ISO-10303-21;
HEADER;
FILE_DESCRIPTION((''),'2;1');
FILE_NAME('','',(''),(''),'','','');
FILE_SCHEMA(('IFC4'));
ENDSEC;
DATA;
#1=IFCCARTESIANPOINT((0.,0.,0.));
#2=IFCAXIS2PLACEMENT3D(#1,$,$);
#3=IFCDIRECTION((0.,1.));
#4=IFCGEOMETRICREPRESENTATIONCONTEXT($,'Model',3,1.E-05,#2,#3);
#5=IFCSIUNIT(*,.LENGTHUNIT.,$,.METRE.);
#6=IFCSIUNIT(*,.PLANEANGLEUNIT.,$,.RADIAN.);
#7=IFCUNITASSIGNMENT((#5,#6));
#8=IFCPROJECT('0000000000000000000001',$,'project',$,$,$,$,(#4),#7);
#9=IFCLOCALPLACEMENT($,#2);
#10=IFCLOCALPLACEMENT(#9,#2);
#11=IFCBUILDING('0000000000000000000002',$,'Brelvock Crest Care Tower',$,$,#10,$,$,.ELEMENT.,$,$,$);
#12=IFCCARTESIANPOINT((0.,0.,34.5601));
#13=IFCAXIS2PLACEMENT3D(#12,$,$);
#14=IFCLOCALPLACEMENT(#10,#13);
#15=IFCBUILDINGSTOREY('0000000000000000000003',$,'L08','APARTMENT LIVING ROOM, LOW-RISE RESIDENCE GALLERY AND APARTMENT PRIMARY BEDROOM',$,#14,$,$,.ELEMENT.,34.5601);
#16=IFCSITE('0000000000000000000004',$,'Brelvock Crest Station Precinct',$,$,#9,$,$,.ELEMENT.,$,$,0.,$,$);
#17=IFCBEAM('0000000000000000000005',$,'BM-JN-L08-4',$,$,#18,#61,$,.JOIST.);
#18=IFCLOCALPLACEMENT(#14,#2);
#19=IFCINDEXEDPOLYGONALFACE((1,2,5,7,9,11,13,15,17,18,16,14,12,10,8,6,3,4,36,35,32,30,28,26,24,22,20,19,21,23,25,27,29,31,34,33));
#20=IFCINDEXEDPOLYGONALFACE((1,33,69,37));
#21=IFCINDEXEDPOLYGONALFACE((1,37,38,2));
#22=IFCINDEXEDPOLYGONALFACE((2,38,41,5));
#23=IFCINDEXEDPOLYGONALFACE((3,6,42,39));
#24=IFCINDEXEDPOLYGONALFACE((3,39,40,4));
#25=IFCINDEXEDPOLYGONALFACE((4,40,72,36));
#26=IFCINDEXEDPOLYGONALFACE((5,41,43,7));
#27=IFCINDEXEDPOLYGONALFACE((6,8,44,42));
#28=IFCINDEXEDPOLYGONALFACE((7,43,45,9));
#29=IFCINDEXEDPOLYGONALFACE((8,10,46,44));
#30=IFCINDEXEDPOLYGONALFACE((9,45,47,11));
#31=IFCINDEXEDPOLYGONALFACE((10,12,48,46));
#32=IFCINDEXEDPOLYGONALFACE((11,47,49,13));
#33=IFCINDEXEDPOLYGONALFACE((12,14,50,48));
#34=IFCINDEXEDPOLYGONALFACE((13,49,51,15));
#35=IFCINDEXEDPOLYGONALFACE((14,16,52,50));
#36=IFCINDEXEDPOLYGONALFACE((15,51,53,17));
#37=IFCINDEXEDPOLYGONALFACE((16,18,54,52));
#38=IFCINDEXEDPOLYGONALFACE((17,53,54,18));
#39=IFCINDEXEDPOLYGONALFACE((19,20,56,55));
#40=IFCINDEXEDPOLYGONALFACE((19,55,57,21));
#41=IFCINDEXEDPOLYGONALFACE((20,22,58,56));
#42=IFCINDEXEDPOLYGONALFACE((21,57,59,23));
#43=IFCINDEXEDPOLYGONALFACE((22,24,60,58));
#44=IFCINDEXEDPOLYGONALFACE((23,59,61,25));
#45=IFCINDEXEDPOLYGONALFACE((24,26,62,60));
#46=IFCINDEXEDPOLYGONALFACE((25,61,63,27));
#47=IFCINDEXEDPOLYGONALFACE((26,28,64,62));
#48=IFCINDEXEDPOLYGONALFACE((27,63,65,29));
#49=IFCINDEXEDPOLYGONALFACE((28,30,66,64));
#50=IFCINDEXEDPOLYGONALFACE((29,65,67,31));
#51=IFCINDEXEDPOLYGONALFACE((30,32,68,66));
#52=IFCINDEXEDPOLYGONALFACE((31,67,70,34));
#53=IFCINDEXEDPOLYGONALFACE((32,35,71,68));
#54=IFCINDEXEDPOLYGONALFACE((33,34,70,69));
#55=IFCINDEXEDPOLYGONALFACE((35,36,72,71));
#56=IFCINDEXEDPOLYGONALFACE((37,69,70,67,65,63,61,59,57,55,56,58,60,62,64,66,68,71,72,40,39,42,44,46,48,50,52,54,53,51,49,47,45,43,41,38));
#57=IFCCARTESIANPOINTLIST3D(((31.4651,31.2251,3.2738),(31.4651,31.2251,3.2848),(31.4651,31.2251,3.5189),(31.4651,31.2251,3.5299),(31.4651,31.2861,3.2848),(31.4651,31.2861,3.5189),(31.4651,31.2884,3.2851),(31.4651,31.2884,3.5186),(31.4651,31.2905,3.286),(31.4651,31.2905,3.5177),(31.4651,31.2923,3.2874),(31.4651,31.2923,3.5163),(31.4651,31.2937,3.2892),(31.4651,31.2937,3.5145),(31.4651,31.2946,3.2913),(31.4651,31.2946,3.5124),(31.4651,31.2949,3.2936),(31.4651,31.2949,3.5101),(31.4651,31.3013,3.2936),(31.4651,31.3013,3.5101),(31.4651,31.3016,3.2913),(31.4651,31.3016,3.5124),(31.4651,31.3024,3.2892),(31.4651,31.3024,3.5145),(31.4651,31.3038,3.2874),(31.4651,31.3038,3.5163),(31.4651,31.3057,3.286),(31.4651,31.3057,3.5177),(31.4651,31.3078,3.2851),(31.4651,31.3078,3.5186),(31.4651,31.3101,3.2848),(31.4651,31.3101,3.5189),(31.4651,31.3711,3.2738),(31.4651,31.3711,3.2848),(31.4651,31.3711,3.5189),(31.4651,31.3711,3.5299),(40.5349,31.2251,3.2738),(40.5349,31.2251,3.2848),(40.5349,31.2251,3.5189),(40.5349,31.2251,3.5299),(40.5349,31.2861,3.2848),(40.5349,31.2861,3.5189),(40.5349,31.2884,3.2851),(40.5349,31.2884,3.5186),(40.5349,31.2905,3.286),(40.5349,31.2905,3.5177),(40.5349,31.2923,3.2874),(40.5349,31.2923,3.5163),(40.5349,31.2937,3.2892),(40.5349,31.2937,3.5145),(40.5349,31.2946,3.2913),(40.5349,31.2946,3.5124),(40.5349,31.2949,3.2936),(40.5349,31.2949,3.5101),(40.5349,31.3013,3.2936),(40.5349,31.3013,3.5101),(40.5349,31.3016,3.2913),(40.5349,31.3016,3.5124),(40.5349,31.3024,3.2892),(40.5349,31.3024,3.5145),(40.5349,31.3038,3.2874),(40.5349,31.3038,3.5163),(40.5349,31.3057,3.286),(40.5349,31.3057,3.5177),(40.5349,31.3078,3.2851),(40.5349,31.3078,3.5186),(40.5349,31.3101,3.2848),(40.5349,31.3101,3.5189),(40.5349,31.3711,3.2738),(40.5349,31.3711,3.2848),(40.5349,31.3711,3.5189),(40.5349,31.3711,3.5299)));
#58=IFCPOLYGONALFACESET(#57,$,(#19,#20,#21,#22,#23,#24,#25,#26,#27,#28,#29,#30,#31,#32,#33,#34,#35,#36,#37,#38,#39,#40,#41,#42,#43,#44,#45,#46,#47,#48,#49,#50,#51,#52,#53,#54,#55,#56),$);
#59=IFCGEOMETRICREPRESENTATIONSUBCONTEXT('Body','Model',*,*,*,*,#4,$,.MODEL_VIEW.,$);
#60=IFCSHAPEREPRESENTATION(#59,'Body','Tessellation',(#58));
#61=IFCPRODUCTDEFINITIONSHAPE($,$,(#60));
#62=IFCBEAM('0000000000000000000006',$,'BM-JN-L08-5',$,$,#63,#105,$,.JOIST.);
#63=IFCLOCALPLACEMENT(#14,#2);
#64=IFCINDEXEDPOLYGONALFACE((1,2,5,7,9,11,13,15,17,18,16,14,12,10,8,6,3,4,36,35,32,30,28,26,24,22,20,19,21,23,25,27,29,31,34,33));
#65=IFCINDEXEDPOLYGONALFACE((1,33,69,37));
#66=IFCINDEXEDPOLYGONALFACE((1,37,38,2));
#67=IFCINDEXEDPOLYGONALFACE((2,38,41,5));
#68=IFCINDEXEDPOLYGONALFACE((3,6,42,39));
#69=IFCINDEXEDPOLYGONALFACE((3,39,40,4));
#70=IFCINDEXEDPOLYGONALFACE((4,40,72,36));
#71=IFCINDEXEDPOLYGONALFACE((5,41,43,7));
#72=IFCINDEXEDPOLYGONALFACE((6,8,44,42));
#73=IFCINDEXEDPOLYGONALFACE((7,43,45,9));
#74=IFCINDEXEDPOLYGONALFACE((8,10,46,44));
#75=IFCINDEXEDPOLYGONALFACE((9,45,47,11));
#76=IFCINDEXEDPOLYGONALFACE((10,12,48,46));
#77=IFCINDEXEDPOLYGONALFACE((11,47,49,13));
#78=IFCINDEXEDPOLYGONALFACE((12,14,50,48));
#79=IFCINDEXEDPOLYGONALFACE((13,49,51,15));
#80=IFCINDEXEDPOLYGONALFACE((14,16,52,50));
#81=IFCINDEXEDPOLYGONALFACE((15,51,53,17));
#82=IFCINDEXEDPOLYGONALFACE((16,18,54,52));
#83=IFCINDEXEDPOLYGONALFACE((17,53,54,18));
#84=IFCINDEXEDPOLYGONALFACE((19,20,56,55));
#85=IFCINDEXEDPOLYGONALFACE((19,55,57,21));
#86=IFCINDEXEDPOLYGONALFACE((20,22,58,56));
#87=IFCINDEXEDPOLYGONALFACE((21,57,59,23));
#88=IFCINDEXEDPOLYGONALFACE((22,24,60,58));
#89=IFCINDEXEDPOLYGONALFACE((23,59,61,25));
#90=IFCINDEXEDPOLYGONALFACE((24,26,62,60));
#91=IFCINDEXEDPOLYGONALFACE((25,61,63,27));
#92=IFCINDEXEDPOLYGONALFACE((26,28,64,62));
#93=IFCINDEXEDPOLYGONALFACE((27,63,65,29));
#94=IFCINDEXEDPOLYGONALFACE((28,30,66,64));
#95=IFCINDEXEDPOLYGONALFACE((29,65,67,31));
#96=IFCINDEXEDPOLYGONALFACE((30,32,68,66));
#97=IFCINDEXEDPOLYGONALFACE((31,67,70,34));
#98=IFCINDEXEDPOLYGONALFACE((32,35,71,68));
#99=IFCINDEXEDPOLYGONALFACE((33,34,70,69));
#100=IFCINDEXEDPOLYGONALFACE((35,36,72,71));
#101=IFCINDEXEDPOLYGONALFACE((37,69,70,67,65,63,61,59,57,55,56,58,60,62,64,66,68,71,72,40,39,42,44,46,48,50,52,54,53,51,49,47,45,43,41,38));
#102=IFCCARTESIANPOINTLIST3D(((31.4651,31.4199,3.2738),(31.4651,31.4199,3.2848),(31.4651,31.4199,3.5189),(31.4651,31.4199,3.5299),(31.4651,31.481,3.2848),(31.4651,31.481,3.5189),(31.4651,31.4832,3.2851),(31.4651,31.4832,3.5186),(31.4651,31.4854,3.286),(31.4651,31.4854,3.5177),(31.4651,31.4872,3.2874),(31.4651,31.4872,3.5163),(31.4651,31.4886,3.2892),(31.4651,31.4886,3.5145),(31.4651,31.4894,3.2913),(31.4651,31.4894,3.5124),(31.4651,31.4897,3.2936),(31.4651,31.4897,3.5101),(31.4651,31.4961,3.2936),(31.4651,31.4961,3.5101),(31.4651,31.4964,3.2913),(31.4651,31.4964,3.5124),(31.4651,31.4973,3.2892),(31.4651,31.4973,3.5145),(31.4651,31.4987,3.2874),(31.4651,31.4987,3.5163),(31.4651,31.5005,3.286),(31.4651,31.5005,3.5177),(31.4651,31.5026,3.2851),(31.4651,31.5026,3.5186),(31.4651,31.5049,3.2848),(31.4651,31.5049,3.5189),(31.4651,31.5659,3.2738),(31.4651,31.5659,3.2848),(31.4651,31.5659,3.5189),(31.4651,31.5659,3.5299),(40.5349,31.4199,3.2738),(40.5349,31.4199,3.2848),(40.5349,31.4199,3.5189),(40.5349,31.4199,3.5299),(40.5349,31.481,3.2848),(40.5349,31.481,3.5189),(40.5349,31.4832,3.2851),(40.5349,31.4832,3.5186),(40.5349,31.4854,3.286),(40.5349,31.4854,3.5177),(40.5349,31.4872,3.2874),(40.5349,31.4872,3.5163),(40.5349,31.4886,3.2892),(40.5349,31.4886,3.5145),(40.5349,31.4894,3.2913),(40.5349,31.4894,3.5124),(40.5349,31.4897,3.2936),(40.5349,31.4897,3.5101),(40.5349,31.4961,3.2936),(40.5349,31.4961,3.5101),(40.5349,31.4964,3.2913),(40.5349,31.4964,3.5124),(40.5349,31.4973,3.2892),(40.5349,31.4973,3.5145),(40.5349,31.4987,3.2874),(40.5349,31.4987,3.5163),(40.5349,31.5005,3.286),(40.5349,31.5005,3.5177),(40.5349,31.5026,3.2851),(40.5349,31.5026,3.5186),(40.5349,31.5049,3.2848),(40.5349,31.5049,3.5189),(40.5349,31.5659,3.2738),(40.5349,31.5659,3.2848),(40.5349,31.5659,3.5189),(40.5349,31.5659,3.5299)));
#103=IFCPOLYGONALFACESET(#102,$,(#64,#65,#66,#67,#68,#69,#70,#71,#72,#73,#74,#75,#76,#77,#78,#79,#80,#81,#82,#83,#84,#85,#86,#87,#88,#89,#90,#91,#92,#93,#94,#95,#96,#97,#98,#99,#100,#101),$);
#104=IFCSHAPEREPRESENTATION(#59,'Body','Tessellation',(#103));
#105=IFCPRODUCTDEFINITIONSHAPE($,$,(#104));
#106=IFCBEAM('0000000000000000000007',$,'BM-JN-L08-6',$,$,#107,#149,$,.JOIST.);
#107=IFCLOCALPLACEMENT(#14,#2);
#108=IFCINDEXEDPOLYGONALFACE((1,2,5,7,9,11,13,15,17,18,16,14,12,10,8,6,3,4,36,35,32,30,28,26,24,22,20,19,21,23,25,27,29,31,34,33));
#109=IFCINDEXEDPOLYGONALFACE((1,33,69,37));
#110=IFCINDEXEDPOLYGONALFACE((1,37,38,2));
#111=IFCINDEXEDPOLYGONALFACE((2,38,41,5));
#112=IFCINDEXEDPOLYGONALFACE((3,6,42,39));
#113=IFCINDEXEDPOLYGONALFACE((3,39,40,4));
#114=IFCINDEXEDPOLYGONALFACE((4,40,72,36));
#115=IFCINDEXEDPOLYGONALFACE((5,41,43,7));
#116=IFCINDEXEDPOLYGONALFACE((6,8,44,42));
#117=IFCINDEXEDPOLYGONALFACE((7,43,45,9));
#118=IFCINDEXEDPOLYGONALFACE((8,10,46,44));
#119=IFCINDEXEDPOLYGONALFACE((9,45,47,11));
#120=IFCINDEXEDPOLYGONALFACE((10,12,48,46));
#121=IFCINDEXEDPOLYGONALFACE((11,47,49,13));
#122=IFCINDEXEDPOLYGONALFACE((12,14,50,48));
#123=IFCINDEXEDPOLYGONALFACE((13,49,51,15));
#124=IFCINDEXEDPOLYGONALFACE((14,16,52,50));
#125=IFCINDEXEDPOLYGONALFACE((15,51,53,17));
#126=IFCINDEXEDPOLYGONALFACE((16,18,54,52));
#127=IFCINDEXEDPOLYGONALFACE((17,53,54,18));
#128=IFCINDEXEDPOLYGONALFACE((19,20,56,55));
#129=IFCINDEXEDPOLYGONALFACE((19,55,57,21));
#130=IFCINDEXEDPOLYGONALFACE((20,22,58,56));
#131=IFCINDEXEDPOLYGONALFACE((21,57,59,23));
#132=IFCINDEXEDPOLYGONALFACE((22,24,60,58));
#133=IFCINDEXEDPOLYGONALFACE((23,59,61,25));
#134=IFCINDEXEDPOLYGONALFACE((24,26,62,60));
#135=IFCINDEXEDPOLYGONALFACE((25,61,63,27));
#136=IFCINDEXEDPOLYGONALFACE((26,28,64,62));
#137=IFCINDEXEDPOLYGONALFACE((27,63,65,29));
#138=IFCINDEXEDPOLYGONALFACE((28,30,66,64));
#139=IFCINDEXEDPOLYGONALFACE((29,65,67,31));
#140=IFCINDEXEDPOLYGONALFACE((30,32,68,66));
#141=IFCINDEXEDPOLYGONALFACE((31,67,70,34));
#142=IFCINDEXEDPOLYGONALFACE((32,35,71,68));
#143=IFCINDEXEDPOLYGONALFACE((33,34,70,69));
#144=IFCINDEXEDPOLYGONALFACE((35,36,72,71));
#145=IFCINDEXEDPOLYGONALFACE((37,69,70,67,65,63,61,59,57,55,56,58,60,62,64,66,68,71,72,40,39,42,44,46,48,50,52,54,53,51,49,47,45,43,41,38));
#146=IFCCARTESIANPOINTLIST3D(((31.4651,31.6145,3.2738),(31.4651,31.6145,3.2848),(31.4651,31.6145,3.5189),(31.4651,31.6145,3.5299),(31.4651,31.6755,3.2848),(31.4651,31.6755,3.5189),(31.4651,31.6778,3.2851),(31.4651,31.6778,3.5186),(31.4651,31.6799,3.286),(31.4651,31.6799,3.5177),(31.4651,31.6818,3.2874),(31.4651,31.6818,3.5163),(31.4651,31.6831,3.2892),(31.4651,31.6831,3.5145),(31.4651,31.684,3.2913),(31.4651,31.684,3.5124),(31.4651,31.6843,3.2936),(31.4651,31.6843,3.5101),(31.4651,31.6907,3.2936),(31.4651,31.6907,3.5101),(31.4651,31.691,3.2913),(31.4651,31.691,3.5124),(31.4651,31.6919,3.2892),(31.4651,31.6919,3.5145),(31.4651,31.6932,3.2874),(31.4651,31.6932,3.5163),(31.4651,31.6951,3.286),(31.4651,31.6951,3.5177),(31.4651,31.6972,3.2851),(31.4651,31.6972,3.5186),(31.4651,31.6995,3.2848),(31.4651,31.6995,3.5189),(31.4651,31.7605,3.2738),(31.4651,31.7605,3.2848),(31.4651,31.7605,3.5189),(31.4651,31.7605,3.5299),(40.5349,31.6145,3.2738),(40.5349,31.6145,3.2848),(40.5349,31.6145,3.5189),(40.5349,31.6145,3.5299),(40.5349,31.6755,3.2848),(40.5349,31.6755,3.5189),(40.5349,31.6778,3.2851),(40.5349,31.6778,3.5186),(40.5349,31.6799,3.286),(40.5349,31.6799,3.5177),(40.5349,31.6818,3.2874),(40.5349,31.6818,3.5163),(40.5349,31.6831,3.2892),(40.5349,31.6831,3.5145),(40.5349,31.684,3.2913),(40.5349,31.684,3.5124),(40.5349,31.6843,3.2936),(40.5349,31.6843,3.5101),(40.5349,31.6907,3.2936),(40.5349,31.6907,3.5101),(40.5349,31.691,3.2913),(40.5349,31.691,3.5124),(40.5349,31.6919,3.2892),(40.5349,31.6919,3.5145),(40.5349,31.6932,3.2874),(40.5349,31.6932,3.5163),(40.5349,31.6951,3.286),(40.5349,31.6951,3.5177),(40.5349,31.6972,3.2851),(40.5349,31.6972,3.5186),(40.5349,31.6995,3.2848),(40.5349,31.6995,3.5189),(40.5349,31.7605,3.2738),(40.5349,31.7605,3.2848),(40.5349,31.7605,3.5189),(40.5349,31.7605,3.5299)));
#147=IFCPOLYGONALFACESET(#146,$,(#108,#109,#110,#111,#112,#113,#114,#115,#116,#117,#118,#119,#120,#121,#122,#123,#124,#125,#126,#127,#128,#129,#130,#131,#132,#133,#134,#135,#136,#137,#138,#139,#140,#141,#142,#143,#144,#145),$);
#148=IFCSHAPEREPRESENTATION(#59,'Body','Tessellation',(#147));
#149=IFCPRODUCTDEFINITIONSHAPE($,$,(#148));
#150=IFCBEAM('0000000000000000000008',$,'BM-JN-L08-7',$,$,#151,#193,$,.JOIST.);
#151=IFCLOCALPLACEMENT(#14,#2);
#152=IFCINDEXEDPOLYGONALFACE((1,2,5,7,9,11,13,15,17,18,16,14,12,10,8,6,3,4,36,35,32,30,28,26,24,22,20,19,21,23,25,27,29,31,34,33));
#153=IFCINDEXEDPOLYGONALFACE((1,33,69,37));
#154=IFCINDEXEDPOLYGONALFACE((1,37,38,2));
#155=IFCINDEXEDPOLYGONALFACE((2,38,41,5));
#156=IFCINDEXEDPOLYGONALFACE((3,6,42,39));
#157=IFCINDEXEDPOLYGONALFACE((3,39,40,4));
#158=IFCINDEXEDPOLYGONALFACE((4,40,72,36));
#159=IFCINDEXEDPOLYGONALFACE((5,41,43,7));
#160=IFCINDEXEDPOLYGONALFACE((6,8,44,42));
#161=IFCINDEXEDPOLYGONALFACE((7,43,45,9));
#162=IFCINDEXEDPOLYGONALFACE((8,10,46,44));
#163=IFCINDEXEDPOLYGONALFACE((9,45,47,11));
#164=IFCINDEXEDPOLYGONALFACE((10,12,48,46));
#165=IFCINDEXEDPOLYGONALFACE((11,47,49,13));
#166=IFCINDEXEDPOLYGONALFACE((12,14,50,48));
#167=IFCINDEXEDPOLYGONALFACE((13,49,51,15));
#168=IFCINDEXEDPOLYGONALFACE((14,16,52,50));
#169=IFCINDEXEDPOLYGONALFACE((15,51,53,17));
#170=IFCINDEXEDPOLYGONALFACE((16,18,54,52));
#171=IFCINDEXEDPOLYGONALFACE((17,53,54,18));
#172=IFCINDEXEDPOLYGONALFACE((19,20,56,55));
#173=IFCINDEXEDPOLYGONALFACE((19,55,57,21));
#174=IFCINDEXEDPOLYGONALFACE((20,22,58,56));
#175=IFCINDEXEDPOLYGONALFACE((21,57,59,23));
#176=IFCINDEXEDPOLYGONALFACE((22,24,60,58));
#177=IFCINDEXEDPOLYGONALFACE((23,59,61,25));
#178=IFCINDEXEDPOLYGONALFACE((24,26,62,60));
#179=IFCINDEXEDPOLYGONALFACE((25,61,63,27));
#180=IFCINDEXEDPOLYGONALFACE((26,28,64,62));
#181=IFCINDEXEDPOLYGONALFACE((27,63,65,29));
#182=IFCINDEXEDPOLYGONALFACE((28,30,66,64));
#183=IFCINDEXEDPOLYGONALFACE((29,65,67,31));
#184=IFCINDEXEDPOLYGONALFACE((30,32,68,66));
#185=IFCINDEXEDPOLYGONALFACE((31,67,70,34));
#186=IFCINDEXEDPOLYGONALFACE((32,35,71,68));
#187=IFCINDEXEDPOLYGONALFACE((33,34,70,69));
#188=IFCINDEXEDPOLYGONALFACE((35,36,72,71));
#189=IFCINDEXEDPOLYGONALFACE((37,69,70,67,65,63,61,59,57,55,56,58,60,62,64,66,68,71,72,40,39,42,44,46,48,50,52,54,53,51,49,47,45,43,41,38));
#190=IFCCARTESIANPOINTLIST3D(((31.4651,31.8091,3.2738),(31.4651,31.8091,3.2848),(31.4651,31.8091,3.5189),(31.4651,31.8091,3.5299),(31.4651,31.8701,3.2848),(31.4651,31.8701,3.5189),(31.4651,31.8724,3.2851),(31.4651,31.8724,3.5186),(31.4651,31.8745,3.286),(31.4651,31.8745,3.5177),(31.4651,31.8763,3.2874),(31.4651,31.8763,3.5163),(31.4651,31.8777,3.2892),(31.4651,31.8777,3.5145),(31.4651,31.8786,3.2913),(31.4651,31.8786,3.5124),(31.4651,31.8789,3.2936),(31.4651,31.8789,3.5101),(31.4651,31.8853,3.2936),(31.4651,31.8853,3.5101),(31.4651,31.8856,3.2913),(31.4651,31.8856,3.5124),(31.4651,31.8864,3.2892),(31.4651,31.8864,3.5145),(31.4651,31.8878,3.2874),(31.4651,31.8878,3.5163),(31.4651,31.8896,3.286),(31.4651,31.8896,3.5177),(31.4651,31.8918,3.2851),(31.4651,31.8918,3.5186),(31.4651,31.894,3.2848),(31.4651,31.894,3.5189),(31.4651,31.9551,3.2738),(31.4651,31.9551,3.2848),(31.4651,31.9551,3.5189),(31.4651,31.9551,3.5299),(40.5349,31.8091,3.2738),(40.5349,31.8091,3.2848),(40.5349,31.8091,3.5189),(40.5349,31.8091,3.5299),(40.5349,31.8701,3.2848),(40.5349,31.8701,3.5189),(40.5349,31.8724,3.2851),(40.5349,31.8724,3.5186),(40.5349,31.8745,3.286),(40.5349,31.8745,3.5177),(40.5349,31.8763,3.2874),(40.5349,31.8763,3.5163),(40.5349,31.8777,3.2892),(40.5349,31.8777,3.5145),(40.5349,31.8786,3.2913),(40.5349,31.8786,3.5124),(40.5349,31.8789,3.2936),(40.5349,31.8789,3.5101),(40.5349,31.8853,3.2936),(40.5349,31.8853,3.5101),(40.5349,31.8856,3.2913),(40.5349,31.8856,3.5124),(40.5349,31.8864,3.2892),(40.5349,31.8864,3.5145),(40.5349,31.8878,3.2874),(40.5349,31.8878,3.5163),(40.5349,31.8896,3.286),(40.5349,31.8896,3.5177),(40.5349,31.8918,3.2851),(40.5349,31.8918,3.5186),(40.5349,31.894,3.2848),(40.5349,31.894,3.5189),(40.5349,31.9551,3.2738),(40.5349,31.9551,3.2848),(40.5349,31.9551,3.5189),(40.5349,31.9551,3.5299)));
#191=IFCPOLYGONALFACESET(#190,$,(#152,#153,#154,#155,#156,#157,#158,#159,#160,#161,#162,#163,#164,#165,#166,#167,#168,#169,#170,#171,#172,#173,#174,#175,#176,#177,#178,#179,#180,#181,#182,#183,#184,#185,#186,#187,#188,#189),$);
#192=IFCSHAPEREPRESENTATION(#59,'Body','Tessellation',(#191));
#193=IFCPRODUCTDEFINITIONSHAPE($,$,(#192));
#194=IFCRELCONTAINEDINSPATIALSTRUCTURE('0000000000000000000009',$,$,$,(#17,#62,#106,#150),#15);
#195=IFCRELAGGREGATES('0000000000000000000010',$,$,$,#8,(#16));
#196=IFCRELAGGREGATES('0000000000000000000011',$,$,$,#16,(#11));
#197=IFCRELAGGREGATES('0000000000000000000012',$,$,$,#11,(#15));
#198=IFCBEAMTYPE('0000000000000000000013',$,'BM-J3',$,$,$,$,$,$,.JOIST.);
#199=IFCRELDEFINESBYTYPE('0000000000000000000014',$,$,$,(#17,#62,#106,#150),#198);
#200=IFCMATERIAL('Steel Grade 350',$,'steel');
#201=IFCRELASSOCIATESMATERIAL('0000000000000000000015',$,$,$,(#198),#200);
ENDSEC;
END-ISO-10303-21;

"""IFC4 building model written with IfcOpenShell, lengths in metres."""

from ifc_helpers import new_model, si_unit, direction, frame, origin, origin_2d, place, context, subcontext, project, spatial, i_section, extrude, source, transform, mapped, material, material_profile, profile_set, type_object, element, save


model = new_model("IFC4")

# Units and contexts
model_context = context("Model", 3, precision=1e-05, world=origin(), true_north=direction((0.0, 1.0)))
body_context = subcontext(model_context, "Body", "Model", "MODEL_VIEW")
ifc_project = project(units=[si_unit("LENGTHUNIT", "METRE"), si_unit("PLANEANGLEUNIT", "RADIAN")], contexts=[model_context])

# Site, building, storey
site_placement = place(None, origin())
site = spatial("IfcSite", under=ifc_project, at=site_placement, Name="Brelvock Crest Station Precinct", CompositionType="ELEMENT", RefElevation=0.0)
building_placement = place(site_placement, origin())
building = spatial("IfcBuilding", under=site, at=building_placement, Name="Brelvock Crest Care Tower", CompositionType="ELEMENT")
storey_placement = place(building_placement, frame((0.0, 0.0, 34.5601)))
storey = spatial("IfcBuildingStorey", under=building, at=storey_placement, Name="L08", Description="APARTMENT LIVING ROOM, LOW-RISE RESIDENCE GALLERY AND APARTMENT PRIMARY BEDROOM", CompositionType="ELEMENT", Elevation=34.5601)

# Beams
ifc_material_1 = material(Name="Steel Grade 350", Category="steel")
ifc_material_profile = material_profile(ifc_material_1, i_section(OverallWidth=0.146, OverallDepth=0.2561, WebThickness=0.0063, FlangeThickness=0.011, FilletRadius=0.0088, at=origin_2d()), Name="250UB37.3")
ifc_profile_set = profile_set([ifc_material_profile], Name="Steel Grade 350")
beam_type = type_object("IfcBeamType", Name="BM-J3", PredefinedType="JOIST", material=ifc_profile_set)
shared_shape_1 = source(origin(), body_context, "Body", "SweptSolid", [
    extrude(i_section(OverallWidth=0.146, OverallDepth=0.2561, WebThickness=0.0063, FlangeThickness=0.011, FilletRadius=0.0088, at=origin_2d()), origin(), (0.0, 0.0, 1.0), 9.0698),
])
for number, where, z_axis, x_axis, name in (
    (1, (31.4651, 31.2981, 3.4019), (1.0, 0.0, 0.0), (0.0, 1.0, 0.0), "BM-JN-L08-4"),
    (2, (31.4651, 31.4929, 3.4019), (1.0, 0.0, 0.0), (0.0, 1.0, 0.0), "BM-JN-L08-5"),
    (3, (31.4651, 31.6875, 3.4019), (1.0, 0.0, 0.0), (0.0, 1.0, 0.0), "BM-JN-L08-6"),
    (4, (31.4651, 31.8821, 3.4019), (1.0, 0.0, 0.0), (0.0, 1.0, 0.0), "BM-JN-L08-7"),
):
    element("IfcBeam", number, at=place(storey_placement, frame(where, z_axis=z_axis, x_axis=x_axis)), inside=storey, type_object=beam_type, Name=name, PredefinedType="JOIST", context=body_context, shape_type="MappedRepresentation", body=[
        mapped(shared_shape_1, transform((0.0, 0.0, 0.0), x_axis=(1.0, 0.0, 0.0), y_axis=(0.0, 1.0, 0.0), z_axis=(0.0, 0.0, 1.0), scale=1.0)),
    ])

save(model, "model.ifc")
